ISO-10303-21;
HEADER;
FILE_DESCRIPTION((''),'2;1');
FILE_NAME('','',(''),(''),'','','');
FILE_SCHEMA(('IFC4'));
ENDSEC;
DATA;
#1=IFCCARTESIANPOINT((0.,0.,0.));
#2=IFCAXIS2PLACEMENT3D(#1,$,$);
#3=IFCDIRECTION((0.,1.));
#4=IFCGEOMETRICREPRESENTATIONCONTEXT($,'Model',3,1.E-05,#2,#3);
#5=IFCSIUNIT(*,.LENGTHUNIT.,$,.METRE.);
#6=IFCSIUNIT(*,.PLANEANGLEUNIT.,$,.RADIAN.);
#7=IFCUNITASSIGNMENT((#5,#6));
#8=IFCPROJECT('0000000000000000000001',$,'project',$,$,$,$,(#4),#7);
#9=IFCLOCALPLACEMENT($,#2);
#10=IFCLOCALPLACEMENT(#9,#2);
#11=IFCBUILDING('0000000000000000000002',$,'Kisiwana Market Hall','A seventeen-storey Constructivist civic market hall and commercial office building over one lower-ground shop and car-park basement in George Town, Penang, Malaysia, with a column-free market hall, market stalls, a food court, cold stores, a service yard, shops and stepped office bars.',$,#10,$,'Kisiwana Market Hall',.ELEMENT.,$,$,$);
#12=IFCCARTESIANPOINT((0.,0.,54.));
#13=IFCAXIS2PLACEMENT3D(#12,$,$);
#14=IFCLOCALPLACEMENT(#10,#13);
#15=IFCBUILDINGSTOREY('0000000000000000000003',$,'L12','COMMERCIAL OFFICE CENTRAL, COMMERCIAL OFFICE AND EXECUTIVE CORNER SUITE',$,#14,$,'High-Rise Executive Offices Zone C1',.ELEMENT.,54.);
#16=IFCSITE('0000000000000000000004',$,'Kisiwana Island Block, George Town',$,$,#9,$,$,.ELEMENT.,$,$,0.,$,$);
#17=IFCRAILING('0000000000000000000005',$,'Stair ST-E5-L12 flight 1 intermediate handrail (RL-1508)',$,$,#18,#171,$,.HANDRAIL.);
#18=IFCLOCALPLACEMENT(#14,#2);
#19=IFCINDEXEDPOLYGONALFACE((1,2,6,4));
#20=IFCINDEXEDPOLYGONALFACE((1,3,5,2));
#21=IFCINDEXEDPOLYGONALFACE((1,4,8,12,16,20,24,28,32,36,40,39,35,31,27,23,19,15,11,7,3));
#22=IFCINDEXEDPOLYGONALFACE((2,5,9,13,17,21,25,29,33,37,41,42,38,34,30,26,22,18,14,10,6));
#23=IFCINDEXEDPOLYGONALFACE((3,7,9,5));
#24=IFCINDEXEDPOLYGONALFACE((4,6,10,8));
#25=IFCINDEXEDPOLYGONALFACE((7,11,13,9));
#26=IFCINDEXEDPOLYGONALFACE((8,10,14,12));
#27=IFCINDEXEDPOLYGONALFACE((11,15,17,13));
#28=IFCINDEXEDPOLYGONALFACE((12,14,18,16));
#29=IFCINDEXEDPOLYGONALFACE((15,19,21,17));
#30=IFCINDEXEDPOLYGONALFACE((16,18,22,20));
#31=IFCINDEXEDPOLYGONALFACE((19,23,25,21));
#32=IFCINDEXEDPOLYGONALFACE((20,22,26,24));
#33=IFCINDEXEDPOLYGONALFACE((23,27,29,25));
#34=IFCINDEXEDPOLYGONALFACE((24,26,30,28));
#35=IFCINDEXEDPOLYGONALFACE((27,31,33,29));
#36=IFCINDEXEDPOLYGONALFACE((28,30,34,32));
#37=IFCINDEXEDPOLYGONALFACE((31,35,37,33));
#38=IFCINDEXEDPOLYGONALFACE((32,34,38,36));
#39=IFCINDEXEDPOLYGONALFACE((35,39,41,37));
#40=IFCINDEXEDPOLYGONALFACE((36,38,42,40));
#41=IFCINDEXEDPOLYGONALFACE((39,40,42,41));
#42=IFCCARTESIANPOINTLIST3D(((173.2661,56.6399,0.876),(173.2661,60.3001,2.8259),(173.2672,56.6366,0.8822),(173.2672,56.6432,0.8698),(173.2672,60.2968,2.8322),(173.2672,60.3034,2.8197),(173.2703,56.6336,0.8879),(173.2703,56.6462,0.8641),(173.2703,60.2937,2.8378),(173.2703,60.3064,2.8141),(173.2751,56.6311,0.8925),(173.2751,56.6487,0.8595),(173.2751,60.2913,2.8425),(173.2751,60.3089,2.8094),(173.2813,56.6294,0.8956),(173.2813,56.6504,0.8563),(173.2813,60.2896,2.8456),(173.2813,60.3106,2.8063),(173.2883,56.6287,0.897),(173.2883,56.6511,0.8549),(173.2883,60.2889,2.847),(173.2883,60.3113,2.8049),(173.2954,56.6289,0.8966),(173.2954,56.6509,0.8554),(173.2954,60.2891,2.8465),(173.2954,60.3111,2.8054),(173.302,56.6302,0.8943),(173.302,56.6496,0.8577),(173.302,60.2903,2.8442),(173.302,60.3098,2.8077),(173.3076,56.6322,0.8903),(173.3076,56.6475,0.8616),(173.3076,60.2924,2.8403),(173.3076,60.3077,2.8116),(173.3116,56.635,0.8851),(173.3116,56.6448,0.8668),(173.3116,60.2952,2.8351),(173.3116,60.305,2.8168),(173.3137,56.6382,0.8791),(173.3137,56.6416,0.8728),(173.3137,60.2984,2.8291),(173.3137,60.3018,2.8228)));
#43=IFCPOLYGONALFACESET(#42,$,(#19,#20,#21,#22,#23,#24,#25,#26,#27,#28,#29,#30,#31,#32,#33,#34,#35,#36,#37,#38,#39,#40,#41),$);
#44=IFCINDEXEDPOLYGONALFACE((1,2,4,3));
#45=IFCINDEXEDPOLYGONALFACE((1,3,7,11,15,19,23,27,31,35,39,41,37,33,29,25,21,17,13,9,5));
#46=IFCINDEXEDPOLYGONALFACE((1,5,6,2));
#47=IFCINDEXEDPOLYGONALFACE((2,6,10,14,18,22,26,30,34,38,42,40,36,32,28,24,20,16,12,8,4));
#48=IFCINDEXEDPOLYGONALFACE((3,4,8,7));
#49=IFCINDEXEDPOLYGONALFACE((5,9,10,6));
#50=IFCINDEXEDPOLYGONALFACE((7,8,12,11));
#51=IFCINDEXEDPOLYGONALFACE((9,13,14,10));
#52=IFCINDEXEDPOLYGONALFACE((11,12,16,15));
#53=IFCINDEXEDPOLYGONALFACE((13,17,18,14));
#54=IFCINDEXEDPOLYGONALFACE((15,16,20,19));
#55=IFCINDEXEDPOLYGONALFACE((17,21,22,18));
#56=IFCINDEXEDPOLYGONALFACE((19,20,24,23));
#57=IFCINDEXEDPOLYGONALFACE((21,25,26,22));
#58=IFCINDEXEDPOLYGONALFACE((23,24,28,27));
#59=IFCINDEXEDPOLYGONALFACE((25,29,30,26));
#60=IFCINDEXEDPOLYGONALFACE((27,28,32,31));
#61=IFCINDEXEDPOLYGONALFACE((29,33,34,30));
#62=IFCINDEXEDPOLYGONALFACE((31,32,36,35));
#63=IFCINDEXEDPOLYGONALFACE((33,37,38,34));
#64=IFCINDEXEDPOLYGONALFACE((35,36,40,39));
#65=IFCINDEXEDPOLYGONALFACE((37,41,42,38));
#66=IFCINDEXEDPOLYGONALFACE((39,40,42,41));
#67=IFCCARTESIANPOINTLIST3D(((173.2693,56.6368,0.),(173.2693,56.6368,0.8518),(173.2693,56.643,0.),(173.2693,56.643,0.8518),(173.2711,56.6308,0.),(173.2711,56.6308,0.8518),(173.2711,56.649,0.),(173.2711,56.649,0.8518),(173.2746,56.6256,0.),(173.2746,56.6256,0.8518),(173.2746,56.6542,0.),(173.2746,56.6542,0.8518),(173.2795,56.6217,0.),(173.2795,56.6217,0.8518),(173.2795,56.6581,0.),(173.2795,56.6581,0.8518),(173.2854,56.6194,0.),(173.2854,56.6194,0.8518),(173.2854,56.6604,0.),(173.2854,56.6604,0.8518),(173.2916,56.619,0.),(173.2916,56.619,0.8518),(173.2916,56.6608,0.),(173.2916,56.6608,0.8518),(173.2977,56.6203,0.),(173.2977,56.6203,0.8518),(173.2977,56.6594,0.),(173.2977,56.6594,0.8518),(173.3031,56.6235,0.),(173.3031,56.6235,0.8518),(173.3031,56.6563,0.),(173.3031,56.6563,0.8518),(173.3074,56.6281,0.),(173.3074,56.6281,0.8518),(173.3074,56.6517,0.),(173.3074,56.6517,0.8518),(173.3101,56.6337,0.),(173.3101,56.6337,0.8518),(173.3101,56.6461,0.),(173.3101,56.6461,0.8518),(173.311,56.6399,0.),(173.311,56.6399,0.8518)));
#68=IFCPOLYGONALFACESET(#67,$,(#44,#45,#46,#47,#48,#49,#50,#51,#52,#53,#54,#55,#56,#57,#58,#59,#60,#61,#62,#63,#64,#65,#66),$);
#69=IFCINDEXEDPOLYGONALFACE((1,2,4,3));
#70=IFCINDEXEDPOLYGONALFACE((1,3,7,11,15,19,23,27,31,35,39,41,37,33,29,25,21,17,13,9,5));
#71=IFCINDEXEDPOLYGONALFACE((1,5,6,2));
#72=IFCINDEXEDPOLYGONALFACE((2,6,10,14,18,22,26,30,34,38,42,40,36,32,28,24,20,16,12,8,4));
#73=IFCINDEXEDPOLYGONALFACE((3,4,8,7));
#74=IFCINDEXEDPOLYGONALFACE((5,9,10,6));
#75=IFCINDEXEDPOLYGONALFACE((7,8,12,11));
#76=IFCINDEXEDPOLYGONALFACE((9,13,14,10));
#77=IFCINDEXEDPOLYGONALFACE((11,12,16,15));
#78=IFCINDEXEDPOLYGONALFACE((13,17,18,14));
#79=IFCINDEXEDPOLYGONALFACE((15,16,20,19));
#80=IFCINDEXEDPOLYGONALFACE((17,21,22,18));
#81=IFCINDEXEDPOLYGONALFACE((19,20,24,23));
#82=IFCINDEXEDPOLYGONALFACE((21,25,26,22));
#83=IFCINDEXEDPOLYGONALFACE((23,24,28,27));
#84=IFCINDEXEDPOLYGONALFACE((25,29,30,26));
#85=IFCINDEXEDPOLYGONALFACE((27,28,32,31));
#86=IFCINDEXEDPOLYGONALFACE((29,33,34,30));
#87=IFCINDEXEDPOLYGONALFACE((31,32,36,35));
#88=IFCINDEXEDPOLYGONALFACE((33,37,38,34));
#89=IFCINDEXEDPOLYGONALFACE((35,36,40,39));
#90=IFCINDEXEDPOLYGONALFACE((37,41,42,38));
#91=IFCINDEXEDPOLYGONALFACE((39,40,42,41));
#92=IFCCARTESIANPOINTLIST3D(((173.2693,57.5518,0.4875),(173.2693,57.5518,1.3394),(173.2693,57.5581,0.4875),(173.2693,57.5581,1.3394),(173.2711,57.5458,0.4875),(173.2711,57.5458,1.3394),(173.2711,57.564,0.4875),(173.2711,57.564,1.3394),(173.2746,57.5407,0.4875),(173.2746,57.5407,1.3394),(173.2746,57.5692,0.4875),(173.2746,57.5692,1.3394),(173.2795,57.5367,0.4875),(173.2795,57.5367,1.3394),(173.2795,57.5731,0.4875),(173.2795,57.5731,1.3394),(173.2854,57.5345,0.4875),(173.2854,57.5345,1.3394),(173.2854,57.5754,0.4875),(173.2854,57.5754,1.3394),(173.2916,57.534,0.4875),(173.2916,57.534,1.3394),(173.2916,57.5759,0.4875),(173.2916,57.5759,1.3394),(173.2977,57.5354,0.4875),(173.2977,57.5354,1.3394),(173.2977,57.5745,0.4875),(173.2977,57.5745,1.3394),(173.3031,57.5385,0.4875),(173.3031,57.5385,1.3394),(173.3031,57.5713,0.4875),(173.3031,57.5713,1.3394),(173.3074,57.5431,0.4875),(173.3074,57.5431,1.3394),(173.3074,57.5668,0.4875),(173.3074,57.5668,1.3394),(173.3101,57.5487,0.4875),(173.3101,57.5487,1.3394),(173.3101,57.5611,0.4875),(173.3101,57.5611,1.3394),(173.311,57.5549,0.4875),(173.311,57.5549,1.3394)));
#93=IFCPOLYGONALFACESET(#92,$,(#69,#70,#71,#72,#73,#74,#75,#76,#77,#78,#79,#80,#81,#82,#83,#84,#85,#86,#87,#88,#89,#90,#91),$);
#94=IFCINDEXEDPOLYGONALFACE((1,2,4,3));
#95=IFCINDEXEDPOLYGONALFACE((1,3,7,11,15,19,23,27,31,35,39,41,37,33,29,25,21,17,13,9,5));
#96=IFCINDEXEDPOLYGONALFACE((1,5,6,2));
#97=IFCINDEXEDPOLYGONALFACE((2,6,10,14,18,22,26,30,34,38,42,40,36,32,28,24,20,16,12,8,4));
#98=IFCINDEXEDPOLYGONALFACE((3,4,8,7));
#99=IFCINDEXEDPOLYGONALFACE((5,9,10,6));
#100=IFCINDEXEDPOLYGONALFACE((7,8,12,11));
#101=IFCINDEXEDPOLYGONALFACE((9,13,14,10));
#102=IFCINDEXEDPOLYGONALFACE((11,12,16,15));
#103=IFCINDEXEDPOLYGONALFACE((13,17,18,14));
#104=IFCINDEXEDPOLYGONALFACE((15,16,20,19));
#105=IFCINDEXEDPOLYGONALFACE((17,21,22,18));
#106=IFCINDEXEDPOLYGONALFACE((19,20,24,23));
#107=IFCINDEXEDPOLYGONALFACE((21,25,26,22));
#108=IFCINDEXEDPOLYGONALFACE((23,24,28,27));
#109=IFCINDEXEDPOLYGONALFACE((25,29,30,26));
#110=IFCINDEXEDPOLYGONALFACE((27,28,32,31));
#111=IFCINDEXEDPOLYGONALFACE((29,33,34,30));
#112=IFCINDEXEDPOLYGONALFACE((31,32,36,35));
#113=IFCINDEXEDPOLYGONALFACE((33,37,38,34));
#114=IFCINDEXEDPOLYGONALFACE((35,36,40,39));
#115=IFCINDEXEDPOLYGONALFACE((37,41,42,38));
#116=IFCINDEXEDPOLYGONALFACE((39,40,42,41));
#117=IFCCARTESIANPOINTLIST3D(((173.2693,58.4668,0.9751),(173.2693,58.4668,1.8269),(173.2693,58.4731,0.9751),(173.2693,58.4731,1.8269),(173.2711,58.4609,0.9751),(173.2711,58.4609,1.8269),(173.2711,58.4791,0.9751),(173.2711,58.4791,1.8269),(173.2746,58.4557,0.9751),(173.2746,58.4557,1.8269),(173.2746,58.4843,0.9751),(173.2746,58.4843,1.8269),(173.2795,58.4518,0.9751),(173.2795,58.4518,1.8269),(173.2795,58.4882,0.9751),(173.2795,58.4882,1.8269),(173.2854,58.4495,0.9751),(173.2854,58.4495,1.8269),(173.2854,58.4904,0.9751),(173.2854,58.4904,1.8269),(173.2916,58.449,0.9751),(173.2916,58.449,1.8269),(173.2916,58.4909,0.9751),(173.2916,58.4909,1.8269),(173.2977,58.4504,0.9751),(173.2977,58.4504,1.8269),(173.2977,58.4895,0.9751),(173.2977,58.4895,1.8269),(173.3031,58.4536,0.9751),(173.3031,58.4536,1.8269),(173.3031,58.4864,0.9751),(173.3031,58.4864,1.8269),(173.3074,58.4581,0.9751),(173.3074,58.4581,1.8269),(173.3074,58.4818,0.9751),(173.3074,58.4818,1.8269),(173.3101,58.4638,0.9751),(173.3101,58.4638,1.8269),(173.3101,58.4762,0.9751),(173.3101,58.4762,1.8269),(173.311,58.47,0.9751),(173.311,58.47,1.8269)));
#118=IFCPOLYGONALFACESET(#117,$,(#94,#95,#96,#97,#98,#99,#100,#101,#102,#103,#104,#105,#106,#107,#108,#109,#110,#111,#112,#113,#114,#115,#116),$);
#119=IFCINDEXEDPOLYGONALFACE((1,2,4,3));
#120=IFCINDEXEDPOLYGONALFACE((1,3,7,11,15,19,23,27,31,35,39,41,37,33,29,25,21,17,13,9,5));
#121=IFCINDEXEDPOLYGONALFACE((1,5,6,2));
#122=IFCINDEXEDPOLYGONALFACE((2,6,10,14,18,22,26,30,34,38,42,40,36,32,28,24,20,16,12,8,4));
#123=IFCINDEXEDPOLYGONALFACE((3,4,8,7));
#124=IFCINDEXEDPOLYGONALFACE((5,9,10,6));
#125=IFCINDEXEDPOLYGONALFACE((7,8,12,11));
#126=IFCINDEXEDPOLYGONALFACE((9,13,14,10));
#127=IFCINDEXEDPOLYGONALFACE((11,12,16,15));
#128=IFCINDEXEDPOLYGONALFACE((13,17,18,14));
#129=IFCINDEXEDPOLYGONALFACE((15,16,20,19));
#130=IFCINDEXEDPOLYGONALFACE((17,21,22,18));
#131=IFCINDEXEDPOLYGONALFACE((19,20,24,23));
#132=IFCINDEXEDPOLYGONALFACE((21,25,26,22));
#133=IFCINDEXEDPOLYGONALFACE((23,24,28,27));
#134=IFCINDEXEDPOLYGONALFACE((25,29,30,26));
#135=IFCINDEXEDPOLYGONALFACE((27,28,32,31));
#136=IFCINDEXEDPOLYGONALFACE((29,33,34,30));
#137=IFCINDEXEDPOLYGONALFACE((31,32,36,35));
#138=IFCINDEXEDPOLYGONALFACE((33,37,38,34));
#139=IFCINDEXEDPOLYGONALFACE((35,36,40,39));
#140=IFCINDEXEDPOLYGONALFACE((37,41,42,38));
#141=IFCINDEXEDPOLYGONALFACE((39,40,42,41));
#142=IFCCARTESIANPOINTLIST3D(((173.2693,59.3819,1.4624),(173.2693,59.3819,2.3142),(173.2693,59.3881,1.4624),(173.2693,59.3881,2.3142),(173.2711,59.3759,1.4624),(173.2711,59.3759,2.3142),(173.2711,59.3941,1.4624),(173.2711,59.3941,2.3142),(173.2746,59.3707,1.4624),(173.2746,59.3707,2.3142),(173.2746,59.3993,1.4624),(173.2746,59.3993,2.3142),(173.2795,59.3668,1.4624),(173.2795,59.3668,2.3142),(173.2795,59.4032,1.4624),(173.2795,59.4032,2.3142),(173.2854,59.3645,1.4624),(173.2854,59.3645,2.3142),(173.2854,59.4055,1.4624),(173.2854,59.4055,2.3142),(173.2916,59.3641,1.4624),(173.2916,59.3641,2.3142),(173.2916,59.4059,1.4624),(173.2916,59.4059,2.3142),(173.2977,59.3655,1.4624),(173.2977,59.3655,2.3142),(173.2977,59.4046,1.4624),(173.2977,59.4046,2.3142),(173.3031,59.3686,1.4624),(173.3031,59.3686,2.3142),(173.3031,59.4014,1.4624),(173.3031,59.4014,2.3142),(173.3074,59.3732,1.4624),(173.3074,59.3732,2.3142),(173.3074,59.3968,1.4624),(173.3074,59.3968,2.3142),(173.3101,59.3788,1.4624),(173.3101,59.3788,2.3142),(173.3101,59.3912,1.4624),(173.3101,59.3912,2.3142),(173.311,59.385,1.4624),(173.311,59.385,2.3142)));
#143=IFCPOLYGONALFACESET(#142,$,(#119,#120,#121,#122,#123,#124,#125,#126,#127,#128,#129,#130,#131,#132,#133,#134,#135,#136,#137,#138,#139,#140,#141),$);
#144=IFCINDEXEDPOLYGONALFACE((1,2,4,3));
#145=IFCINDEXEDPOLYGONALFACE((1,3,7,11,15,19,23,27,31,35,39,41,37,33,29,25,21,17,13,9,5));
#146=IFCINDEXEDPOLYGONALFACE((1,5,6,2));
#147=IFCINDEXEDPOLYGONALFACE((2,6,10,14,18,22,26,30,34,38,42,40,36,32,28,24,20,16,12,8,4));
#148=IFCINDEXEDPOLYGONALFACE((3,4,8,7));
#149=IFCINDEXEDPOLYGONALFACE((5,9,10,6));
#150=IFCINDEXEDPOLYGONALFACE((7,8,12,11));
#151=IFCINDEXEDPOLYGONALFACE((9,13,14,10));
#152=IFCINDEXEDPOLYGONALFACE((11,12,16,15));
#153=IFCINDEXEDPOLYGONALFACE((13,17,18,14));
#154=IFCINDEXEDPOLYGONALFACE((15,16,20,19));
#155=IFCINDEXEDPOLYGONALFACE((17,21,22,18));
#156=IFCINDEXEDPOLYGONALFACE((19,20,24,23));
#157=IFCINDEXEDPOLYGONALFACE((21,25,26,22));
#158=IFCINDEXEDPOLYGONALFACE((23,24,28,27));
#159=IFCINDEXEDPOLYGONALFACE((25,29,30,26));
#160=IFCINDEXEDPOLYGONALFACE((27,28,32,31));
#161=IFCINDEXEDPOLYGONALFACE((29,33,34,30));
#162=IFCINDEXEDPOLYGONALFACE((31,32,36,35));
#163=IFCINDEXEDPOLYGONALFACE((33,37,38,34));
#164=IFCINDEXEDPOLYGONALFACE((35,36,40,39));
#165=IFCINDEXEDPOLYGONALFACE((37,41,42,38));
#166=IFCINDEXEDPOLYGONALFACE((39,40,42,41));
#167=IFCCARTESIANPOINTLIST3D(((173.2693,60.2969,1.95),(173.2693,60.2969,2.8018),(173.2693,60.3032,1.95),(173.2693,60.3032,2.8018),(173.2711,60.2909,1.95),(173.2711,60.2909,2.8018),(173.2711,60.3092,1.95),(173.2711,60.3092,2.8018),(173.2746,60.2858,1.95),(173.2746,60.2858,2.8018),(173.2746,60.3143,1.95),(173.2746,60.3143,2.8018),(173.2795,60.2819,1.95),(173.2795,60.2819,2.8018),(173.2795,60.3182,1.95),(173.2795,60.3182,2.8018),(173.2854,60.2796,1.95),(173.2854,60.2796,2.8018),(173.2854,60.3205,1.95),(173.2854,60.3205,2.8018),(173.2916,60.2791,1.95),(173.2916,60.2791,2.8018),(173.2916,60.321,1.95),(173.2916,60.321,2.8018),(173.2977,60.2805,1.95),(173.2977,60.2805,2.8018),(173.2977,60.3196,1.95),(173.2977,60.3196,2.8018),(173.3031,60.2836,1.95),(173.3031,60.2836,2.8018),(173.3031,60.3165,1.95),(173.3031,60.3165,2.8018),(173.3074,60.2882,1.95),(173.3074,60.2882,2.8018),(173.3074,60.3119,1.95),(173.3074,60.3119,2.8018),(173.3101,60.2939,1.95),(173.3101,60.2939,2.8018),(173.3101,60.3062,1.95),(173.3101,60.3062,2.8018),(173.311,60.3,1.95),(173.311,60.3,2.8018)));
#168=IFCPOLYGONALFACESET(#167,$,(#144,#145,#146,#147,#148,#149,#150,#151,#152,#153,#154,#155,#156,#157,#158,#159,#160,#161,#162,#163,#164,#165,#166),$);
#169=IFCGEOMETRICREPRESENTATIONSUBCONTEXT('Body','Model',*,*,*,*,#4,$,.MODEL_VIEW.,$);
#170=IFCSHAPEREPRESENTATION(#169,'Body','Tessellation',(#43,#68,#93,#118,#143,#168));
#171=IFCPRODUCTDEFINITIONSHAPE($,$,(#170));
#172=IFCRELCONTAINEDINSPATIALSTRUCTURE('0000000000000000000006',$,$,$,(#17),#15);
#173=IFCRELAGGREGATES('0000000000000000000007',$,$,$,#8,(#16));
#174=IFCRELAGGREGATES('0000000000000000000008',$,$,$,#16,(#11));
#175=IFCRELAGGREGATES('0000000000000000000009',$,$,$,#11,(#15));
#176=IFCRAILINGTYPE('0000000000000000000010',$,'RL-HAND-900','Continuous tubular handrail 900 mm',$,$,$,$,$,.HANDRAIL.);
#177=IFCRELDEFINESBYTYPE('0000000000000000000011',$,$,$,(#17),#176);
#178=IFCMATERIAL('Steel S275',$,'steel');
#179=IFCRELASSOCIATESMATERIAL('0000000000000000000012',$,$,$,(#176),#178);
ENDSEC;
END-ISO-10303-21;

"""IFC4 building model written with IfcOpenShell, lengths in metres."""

from ifc_helpers import new_model, si_unit, direction, frame, origin, origin_2d, place, context, subcontext, project, spatial, circle, extrude, material, type_object, element, save


model = new_model("IFC4")

# Units and contexts
model_context = context("Model", 3, precision=1e-05, world=origin(), true_north=direction((0.0, 1.0)))
body_context = subcontext(model_context, "Body", "Model", "MODEL_VIEW")
ifc_project = project(units=[si_unit("LENGTHUNIT", "METRE"), si_unit("PLANEANGLEUNIT", "RADIAN")], contexts=[model_context])

# Site, building, storey
site_placement = place(None, origin())
site = spatial("IfcSite", under=ifc_project, at=site_placement, Name="Kisiwana Island Block, George Town", CompositionType="ELEMENT", RefElevation=0.0)
building_placement = place(site_placement, origin())
building = spatial("IfcBuilding", under=site, at=building_placement, Name="Kisiwana Market Hall", Description="A seventeen-storey Constructivist civic market hall and commercial office building over one lower-ground shop and car-park basement in George Town, Penang, Malaysia, with a column-free market hall, market stalls, a food court, cold stores, a service yard, shops and stepped office bars.", LongName="Kisiwana Market Hall", CompositionType="ELEMENT")
storey_placement = place(building_placement, frame((0.0, 0.0, 54.0)))
storey = spatial("IfcBuildingStorey", under=building, at=storey_placement, Name="L12", Description="COMMERCIAL OFFICE CENTRAL, COMMERCIAL OFFICE AND EXECUTIVE CORNER SUITE", LongName="High-Rise Executive Offices Zone C1", CompositionType="ELEMENT", Elevation=54.0)

# Railing
ifc_material_1 = material(Name="Steel S275", Category="steel")
railing_type_1 = type_object("IfcRailingType", Name="RL-HAND-900", Description="Continuous tubular handrail 900 mm", PredefinedType="HANDRAIL", material=ifc_material_1)
railing_1_placement = place(storey_placement, frame((173.29, 56.6399, 0.0)))
element("IfcRailing", 1, at=railing_1_placement, inside=storey, type_object=railing_type_1, Name="Stair ST-E5-L12 flight 1 intermediate handrail (RL-1508)", PredefinedType="HANDRAIL", context=body_context, shape_type="SweptSolid", body=[
    extrude(circle(Radius=0.0239, at=origin_2d()), frame((0.0, 0.0, 0.876), z_axis=(0.0, 0.882566, 0.470188), x_axis=(-1.0, 0.0, 0.0)), (0.0, 0.0, 1.0), 4.1472),
    extrude(circle(Radius=0.021, at=origin_2d()), origin(), (0.0, 0.0, 1.0), 0.8518),
    extrude(circle(Radius=0.021, at=origin_2d()), frame((0.0, 0.915, 0.4875)), (0.0, 0.0, 1.0), 0.8518),
    extrude(circle(Radius=0.021, at=origin_2d()), frame((0.0, 1.8301, 0.9751)), (0.0, 0.0, 1.0), 0.8518),
    extrude(circle(Radius=0.021, at=origin_2d()), frame((0.0, 2.7451, 1.4624)), (0.0, 0.0, 1.0), 0.8518),
    extrude(circle(Radius=0.021, at=origin_2d()), frame((0.0, 3.6602, 1.95)), (0.0, 0.0, 1.0), 0.8518),
])

save(model, "model.ifc")
